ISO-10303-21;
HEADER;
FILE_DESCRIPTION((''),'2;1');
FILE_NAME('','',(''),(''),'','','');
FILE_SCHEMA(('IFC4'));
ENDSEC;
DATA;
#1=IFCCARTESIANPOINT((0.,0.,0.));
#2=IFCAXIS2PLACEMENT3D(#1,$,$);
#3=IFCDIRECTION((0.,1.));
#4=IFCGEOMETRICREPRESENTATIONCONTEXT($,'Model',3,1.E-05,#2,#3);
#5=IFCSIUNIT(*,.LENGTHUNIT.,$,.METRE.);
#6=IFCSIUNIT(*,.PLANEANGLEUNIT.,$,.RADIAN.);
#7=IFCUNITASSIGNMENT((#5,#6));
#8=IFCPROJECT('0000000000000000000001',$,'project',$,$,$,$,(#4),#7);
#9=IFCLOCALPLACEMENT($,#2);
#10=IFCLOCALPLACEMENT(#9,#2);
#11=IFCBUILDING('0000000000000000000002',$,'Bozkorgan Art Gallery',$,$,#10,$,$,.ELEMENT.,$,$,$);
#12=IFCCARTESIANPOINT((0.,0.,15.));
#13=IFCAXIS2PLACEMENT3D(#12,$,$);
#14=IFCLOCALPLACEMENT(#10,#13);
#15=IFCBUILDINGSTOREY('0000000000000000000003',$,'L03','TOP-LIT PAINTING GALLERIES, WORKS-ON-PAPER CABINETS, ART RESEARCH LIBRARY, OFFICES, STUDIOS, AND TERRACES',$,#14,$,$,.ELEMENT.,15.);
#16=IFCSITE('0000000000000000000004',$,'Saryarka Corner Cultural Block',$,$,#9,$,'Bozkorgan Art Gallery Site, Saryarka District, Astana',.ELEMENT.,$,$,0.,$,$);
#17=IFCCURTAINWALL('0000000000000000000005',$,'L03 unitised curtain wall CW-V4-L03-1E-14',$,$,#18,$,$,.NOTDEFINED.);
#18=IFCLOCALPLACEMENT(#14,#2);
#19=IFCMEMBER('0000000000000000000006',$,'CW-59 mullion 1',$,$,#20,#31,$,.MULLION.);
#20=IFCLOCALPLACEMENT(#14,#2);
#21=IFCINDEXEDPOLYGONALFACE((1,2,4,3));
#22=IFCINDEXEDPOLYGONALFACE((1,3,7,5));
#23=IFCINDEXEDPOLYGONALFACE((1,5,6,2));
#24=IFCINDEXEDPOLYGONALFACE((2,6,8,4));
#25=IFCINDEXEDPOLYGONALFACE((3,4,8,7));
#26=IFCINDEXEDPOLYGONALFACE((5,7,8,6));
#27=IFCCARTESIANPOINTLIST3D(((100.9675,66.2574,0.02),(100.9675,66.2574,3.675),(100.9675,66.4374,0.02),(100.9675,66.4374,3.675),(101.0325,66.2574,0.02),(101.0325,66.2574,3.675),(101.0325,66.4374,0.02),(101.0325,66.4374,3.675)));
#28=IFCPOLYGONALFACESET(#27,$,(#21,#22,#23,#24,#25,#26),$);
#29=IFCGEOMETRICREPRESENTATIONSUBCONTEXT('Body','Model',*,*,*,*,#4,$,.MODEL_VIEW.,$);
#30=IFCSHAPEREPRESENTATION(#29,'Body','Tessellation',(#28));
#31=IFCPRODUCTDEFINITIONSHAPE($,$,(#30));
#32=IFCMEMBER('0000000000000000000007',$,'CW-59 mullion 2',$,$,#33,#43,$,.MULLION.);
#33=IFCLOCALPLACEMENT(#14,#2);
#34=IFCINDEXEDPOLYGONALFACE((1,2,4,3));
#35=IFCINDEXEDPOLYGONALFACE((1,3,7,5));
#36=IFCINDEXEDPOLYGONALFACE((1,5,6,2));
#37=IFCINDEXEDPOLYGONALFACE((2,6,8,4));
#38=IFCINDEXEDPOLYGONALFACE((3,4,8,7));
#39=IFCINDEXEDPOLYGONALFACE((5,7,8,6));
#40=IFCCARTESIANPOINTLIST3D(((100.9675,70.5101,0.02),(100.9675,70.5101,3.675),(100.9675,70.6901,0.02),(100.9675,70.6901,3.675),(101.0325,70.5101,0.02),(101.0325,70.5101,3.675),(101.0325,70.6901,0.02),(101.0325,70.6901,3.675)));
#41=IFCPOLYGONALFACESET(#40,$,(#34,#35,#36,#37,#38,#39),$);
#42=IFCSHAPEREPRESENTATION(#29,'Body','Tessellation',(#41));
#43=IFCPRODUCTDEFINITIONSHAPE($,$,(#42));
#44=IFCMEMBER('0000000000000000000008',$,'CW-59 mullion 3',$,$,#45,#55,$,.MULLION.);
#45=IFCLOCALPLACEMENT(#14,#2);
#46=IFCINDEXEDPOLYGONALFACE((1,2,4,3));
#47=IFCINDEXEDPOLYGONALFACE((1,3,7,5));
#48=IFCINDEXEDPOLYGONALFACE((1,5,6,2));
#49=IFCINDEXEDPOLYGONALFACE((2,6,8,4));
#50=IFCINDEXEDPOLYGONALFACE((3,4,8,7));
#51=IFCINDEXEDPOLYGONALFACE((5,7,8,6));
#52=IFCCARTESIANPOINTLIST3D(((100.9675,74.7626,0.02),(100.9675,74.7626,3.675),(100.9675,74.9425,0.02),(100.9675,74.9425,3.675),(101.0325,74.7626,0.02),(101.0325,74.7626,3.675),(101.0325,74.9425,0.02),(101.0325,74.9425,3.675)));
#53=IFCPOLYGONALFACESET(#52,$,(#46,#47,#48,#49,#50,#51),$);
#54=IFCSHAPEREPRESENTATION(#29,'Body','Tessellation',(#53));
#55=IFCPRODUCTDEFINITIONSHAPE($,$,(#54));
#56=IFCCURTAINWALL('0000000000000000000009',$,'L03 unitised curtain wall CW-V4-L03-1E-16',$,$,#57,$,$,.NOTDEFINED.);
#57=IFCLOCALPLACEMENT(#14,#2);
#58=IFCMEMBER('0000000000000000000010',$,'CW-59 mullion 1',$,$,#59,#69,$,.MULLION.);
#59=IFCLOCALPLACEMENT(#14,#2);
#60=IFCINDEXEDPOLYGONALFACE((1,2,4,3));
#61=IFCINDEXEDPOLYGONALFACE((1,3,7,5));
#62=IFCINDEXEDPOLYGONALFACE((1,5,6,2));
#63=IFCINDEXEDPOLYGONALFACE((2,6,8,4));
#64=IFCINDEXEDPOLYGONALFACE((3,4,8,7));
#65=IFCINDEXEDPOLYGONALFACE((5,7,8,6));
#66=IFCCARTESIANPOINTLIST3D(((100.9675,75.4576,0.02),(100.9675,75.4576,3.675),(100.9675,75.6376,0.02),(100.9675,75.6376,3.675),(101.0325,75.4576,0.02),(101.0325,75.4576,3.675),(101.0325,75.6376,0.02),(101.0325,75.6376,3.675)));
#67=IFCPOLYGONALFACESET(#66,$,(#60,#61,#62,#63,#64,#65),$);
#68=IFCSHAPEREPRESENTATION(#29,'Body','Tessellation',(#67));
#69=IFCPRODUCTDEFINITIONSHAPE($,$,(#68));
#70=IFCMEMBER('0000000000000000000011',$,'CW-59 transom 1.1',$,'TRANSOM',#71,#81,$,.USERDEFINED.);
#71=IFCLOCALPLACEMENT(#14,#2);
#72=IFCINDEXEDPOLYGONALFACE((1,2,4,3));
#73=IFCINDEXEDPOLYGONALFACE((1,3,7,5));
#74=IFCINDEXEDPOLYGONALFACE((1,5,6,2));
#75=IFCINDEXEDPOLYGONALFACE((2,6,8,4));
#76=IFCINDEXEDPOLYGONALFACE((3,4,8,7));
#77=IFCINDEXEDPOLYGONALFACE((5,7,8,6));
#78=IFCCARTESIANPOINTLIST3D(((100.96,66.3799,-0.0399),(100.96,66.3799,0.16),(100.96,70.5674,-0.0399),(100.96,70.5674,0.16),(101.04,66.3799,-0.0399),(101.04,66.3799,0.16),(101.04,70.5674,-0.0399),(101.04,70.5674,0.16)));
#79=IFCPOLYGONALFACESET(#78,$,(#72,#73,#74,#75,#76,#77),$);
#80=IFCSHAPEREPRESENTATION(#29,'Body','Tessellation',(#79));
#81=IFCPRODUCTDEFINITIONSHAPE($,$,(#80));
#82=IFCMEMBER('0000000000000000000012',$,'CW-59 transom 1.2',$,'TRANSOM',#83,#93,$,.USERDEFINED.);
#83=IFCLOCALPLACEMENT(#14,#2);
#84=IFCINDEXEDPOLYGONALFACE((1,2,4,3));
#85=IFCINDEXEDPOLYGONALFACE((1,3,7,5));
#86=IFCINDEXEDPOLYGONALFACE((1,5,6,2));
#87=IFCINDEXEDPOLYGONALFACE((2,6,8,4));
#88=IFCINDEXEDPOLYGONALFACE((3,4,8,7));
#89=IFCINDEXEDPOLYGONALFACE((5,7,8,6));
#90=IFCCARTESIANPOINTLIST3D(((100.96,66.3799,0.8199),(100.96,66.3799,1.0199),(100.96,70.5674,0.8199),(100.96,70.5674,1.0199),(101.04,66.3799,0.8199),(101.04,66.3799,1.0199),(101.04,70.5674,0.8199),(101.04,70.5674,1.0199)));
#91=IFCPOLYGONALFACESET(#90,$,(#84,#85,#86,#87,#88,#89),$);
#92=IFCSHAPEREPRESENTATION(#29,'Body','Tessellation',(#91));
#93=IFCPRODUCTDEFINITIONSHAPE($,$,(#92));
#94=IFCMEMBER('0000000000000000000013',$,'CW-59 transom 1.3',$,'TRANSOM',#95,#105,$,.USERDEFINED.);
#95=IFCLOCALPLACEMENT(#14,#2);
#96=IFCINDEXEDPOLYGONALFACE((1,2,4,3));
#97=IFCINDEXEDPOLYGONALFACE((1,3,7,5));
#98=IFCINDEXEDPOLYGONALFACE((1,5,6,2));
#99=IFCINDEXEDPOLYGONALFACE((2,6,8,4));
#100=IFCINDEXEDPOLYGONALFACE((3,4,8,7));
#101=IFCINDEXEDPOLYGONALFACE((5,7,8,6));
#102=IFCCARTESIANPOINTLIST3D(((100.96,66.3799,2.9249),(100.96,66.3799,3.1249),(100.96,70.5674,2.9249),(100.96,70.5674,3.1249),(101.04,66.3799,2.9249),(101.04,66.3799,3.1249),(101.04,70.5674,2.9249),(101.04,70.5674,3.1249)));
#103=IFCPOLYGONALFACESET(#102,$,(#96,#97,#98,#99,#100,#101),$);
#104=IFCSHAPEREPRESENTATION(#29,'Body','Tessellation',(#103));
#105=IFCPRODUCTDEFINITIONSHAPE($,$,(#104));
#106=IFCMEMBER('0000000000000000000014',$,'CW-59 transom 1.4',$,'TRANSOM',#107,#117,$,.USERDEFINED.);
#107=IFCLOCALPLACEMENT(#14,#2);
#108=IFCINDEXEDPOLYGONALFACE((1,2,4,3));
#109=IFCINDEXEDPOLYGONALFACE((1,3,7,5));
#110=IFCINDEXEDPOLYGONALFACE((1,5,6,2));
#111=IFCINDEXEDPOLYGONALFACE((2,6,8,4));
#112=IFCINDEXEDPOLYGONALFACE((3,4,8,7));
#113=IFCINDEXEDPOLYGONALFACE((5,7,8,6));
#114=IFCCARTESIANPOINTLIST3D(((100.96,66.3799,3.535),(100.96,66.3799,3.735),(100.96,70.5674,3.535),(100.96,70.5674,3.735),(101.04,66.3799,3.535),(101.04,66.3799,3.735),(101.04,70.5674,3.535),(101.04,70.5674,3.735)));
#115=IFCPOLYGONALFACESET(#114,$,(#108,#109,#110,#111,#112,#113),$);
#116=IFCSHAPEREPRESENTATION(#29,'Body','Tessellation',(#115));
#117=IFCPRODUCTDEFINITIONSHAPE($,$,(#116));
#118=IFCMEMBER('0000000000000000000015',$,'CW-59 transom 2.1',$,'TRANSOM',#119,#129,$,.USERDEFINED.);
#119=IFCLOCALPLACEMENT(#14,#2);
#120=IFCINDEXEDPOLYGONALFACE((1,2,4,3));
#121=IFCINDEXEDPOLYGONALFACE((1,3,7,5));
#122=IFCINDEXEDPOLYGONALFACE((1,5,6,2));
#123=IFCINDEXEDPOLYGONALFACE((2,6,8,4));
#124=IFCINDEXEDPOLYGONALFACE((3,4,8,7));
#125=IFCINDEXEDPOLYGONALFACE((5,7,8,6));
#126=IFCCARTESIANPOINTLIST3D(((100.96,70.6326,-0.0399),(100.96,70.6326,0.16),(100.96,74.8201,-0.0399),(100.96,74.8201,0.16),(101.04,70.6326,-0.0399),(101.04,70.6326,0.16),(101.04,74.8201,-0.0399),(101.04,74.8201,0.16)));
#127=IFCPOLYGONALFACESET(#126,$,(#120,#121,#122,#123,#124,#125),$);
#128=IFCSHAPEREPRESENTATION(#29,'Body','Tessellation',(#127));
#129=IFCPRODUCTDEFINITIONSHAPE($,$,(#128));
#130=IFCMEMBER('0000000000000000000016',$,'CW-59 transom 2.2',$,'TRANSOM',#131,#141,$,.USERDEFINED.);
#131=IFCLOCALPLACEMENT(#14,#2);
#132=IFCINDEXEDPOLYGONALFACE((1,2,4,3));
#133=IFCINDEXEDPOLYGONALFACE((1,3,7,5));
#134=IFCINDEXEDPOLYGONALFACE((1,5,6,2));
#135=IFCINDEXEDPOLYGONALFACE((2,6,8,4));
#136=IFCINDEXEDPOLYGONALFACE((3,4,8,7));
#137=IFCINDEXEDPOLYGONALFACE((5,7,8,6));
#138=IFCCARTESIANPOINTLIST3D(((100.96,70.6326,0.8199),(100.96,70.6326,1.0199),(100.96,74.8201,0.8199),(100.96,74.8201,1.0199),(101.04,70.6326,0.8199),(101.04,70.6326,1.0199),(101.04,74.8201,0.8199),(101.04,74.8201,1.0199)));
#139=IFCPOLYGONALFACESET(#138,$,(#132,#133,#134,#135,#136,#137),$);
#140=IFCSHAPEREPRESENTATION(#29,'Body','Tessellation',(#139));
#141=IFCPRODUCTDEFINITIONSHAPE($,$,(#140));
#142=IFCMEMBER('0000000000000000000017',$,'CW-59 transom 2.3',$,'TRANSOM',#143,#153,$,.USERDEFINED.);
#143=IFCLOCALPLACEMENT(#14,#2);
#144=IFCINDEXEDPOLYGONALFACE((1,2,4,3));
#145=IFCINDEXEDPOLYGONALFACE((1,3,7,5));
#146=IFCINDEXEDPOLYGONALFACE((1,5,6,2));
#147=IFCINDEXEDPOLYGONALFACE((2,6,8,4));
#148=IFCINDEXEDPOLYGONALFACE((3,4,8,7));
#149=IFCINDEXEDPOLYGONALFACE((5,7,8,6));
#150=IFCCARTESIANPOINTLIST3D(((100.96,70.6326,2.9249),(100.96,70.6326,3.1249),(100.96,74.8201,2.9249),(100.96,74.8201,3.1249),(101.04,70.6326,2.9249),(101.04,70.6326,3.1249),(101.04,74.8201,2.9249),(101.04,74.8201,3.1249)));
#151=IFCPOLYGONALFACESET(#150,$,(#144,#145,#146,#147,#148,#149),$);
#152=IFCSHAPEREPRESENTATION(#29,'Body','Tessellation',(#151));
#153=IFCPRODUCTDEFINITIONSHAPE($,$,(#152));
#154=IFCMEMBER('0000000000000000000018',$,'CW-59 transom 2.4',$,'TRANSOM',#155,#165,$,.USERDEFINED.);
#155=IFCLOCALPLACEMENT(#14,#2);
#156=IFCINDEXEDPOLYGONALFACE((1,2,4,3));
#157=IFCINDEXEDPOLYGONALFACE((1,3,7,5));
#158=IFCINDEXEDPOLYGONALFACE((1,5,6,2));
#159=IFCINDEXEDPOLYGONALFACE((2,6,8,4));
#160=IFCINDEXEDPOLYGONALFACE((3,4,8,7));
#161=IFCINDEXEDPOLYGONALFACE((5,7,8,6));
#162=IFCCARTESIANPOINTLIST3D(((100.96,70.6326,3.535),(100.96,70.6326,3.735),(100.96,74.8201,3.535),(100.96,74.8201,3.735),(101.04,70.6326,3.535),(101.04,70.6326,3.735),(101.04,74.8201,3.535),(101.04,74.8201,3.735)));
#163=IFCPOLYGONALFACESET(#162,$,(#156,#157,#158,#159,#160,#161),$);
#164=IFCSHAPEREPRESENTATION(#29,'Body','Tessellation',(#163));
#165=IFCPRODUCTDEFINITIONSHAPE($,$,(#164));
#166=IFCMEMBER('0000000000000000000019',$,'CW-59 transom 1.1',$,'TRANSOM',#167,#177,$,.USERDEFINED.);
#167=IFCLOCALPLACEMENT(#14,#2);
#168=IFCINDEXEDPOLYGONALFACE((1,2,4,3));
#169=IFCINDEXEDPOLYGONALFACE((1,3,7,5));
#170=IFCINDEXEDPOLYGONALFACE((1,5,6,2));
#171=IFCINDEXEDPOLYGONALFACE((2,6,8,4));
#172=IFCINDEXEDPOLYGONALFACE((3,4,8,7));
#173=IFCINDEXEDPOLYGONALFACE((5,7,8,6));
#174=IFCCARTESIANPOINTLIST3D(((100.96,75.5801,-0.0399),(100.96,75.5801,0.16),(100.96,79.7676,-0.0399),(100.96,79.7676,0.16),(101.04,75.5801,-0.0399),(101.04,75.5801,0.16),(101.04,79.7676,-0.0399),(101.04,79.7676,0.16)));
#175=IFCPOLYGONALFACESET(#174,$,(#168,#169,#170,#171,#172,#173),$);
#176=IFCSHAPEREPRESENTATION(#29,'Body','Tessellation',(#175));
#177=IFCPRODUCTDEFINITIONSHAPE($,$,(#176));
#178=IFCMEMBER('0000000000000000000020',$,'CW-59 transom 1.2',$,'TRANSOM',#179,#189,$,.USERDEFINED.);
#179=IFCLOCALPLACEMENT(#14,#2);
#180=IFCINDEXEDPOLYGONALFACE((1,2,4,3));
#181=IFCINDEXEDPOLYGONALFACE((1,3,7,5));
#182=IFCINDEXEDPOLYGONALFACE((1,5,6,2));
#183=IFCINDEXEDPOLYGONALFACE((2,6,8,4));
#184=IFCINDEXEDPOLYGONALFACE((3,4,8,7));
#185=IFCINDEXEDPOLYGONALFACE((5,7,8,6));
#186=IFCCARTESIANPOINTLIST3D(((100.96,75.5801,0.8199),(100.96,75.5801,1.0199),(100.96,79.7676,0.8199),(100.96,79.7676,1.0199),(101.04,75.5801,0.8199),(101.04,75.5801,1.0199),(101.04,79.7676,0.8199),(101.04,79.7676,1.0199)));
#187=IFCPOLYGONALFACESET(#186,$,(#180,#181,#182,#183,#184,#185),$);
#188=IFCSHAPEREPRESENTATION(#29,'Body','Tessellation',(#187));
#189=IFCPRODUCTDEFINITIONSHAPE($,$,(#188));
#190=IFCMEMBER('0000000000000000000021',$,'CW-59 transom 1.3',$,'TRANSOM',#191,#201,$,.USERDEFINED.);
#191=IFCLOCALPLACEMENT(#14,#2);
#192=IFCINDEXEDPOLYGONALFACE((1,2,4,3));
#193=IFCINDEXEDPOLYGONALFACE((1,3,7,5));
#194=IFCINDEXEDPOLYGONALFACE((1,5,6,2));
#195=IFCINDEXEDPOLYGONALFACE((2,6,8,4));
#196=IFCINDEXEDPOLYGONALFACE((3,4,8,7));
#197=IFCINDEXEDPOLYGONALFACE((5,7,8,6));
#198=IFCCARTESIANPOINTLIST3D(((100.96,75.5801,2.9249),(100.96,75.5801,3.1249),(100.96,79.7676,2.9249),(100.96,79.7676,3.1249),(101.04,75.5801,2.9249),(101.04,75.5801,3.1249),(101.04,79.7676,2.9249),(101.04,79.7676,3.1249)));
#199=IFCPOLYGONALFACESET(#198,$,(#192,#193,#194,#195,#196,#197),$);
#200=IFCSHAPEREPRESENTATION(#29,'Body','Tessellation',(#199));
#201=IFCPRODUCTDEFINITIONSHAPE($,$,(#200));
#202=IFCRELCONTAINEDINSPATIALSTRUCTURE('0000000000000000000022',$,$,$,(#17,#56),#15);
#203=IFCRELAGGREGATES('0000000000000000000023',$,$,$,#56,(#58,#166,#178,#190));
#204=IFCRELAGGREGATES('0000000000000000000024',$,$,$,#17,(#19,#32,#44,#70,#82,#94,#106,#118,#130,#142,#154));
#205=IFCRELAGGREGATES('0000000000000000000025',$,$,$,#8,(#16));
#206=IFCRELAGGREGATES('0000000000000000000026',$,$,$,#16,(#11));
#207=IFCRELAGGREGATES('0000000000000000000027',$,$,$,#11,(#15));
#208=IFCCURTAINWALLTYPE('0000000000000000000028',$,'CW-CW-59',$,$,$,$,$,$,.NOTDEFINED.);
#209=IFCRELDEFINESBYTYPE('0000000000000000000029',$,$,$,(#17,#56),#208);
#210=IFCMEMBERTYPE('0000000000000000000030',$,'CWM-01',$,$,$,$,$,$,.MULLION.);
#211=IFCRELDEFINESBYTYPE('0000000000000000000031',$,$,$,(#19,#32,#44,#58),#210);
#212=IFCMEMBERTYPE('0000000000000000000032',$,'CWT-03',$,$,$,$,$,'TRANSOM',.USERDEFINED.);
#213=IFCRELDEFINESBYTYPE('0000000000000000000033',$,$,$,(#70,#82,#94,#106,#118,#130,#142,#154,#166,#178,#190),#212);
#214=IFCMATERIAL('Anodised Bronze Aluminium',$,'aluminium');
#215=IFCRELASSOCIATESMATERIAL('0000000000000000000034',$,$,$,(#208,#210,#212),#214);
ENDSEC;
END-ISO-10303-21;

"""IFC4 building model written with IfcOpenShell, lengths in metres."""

from ifc_helpers import new_model, si_unit, direction, frame, origin, origin_2d, place, context, subcontext, project, spatial, rectangle, extrude, material, material_profile, profile_set, type_object, element, aggregate, save


model = new_model("IFC4")

# Units and contexts
model_context = context("Model", 3, precision=1e-05, world=origin(), true_north=direction((0.0, 1.0)))
body_context = subcontext(model_context, "Body", "Model", "MODEL_VIEW")
ifc_project = project(units=[si_unit("LENGTHUNIT", "METRE"), si_unit("PLANEANGLEUNIT", "RADIAN")], contexts=[model_context])

# Site, building, storey
site_placement = place(None, origin())
site = spatial("IfcSite", under=ifc_project, at=site_placement, Name="Saryarka Corner Cultural Block", LongName="Bozkorgan Art Gallery Site, Saryarka District, Astana", CompositionType="ELEMENT", RefElevation=0.0)
building_placement = place(site_placement, origin())
building = spatial("IfcBuilding", under=site, at=building_placement, Name="Bozkorgan Art Gallery", CompositionType="ELEMENT")
storey_placement = place(building_placement, frame((0.0, 0.0, 15.0)))
storey = spatial("IfcBuildingStorey", under=building, at=storey_placement, Name="L03", Description="TOP-LIT PAINTING GALLERIES, WORKS-ON-PAPER CABINETS, ART RESEARCH LIBRARY, OFFICES, STUDIOS, AND TERRACES", CompositionType="ELEMENT", Elevation=15.0)

# Curtain wall, members
ifc_material_1 = material(Name="Anodised Bronze Aluminium", Category="aluminium")
curtain_wall_type = type_object("IfcCurtainWallType", Name="CW-CW-59", PredefinedType="NOTDEFINED", material=ifc_material_1)
curtain_wall_1_placement = place(storey_placement, origin())
curtain_wall_1 = element("IfcCurtainWall", 1, at=curtain_wall_1_placement, inside=storey, type_object=curtain_wall_type, Name="L03 unitised curtain wall CW-V4-L03-1E-14", PredefinedType="NOTDEFINED")
ifc_material_profile_1 = material_profile(ifc_material_1, rectangle(XDim=0.0649, YDim=0.1799, at=origin_2d()), Name="ALU MULLION 65x180")
ifc_profile_set_1 = profile_set([ifc_material_profile_1], Name="Anodised Bronze Aluminium")
member_type_1 = type_object("IfcMemberType", Name="CWM-01", PredefinedType="MULLION", material=ifc_profile_set_1)
member_1_placement = place(storey_placement, frame((101.0, 66.3474, 0.02), z_axis=(0.0, 0.0, 1.0), x_axis=(-1.0, 0.0, 0.0)))
member_1 = element("IfcMember", 2, at=member_1_placement, type_object=member_type_1, Name="CW-59 mullion 1", PredefinedType="MULLION", context=body_context, shape_type="SweptSolid", body=[
    extrude(rectangle(XDim=0.0649, YDim=0.1799, at=origin_2d()), origin(), (0.0, 0.0, 1.0), 3.655),
])
member_2_placement = place(storey_placement, frame((101.0, 70.6001, 0.02), z_axis=(0.0, 0.0, 1.0), x_axis=(-1.0, 0.0, 0.0)))
member_2 = element("IfcMember", 3, at=member_2_placement, type_object=member_type_1, Name="CW-59 mullion 2", PredefinedType="MULLION", context=body_context, shape_type="SweptSolid", body=[
    extrude(rectangle(XDim=0.0649, YDim=0.1799, at=origin_2d()), origin(), (0.0, 0.0, 1.0), 3.655),
])
member_3_placement = place(storey_placement, frame((101.0, 74.8525, 0.02), z_axis=(0.0, 0.0, 1.0), x_axis=(-1.0, 0.0, 0.0)))
member_3 = element("IfcMember", 4, at=member_3_placement, type_object=member_type_1, Name="CW-59 mullion 3", PredefinedType="MULLION", context=body_context, shape_type="SweptSolid", body=[
    extrude(rectangle(XDim=0.0649, YDim=0.1799, at=origin_2d()), origin(), (0.0, 0.0, 1.0), 3.655),
])

# Curtain wall, member
curtain_wall_2_placement = place(storey_placement, origin())
curtain_wall_2 = element("IfcCurtainWall", 5, at=curtain_wall_2_placement, inside=storey, type_object=curtain_wall_type, Name="L03 unitised curtain wall CW-V4-L03-1E-16", PredefinedType="NOTDEFINED")
member_4_placement = place(storey_placement, frame((101.0, 75.5476, 0.02), z_axis=(0.0, 0.0, 1.0), x_axis=(-1.0, 0.0, 0.0)))
member_4 = element("IfcMember", 6, at=member_4_placement, type_object=member_type_1, Name="CW-59 mullion 1", PredefinedType="MULLION", context=body_context, shape_type="SweptSolid", body=[
    extrude(rectangle(XDim=0.0649, YDim=0.1799, at=origin_2d()), origin(), (0.0, 0.0, 1.0), 3.655),
])

# Members
ifc_material_profile_2 = material_profile(ifc_material_1, rectangle(XDim=0.0801, YDim=0.2, at=origin_2d()), Name="ALU TRANSOM 80x200")
ifc_profile_set_2 = profile_set([ifc_material_profile_2], Name="Anodised Bronze Aluminium")
member_type_2 = type_object("IfcMemberType", Name="CWT-03", ElementType="TRANSOM", PredefinedType="USERDEFINED", material=ifc_profile_set_2)
member_5_placement = place(storey_placement, frame((101.0, 66.3799, 0.0601), z_axis=(0.0, 1.0, 0.0), x_axis=(-1.0, 0.0, 0.0)))
member_5 = element("IfcMember", 7, at=member_5_placement, type_object=member_type_2, Name="CW-59 transom 1.1", ObjectType="TRANSOM", PredefinedType="USERDEFINED", context=body_context, shape_type="SweptSolid", body=[
    extrude(rectangle(XDim=0.0801, YDim=0.2, at=origin_2d()), origin(), (0.0, 0.0, 1.0), 4.1875),
])
member_6_placement = place(storey_placement, frame((101.0, 66.3799, 0.9199), z_axis=(0.0, 1.0, 0.0), x_axis=(-1.0, 0.0, 0.0)))
member_6 = element("IfcMember", 8, at=member_6_placement, type_object=member_type_2, Name="CW-59 transom 1.2", ObjectType="TRANSOM", PredefinedType="USERDEFINED", context=body_context, shape_type="SweptSolid", body=[
    extrude(rectangle(XDim=0.0801, YDim=0.2, at=origin_2d()), origin(), (0.0, 0.0, 1.0), 4.1875),
])
member_7_placement = place(storey_placement, frame((101.0, 66.3799, 3.0249), z_axis=(0.0, 1.0, 0.0), x_axis=(-1.0, 0.0, 0.0)))
member_7 = element("IfcMember", 9, at=member_7_placement, type_object=member_type_2, Name="CW-59 transom 1.3", ObjectType="TRANSOM", PredefinedType="USERDEFINED", context=body_context, shape_type="SweptSolid", body=[
    extrude(rectangle(XDim=0.0801, YDim=0.2, at=origin_2d()), origin(), (0.0, 0.0, 1.0), 4.1875),
])
member_8_placement = place(storey_placement, frame((101.0, 66.3799, 3.635), z_axis=(0.0, 1.0, 0.0), x_axis=(-1.0, 0.0, 0.0)))
member_8 = element("IfcMember", 10, at=member_8_placement, type_object=member_type_2, Name="CW-59 transom 1.4", ObjectType="TRANSOM", PredefinedType="USERDEFINED", context=body_context, shape_type="SweptSolid", body=[
    extrude(rectangle(XDim=0.0801, YDim=0.2, at=origin_2d()), origin(), (0.0, 0.0, 1.0), 4.1875),
])
member_9_placement = place(storey_placement, frame((101.0, 70.6326, 0.0601), z_axis=(0.0, 1.0, 0.0), x_axis=(-1.0, 0.0, 0.0)))
member_9 = element("IfcMember", 11, at=member_9_placement, type_object=member_type_2, Name="CW-59 transom 2.1", ObjectType="TRANSOM", PredefinedType="USERDEFINED", context=body_context, shape_type="SweptSolid", body=[
    extrude(rectangle(XDim=0.0801, YDim=0.2, at=origin_2d()), origin(), (0.0, 0.0, 1.0), 4.1875),
])
member_10_placement = place(storey_placement, frame((101.0, 70.6326, 0.9199), z_axis=(0.0, 1.0, 0.0), x_axis=(-1.0, 0.0, 0.0)))
member_10 = element("IfcMember", 12, at=member_10_placement, type_object=member_type_2, Name="CW-59 transom 2.2", ObjectType="TRANSOM", PredefinedType="USERDEFINED", context=body_context, shape_type="SweptSolid", body=[
    extrude(rectangle(XDim=0.0801, YDim=0.2, at=origin_2d()), origin(), (0.0, 0.0, 1.0), 4.1875),
])
member_11_placement = place(storey_placement, frame((101.0, 70.6326, 3.0249), z_axis=(0.0, 1.0, 0.0), x_axis=(-1.0, 0.0, 0.0)))
member_11 = element("IfcMember", 13, at=member_11_placement, type_object=member_type_2, Name="CW-59 transom 2.3", ObjectType="TRANSOM", PredefinedType="USERDEFINED", context=body_context, shape_type="SweptSolid", body=[
    extrude(rectangle(XDim=0.0801, YDim=0.2, at=origin_2d()), origin(), (0.0, 0.0, 1.0), 4.1875),
])
member_12_placement = place(storey_placement, frame((101.0, 70.6326, 3.635), z_axis=(0.0, 1.0, 0.0), x_axis=(-1.0, 0.0, 0.0)))
member_12 = element("IfcMember", 14, at=member_12_placement, type_object=member_type_2, Name="CW-59 transom 2.4", ObjectType="TRANSOM", PredefinedType="USERDEFINED", context=body_context, shape_type="SweptSolid", body=[
    extrude(rectangle(XDim=0.0801, YDim=0.2, at=origin_2d()), origin(), (0.0, 0.0, 1.0), 4.1875),
])
member_13_placement = place(storey_placement, frame((101.0, 75.5801, 0.0601), z_axis=(0.0, 1.0, 0.0), x_axis=(-1.0, 0.0, 0.0)))
member_13 = element("IfcMember", 15, at=member_13_placement, type_object=member_type_2, Name="CW-59 transom 1.1", ObjectType="TRANSOM", PredefinedType="USERDEFINED", context=body_context, shape_type="SweptSolid", body=[
    extrude(rectangle(XDim=0.0801, YDim=0.2, at=origin_2d()), origin(), (0.0, 0.0, 1.0), 4.1875),
])
member_14_placement = place(storey_placement, frame((101.0, 75.5801, 0.9199), z_axis=(0.0, 1.0, 0.0), x_axis=(-1.0, 0.0, 0.0)))
member_14 = element("IfcMember", 16, at=member_14_placement, type_object=member_type_2, Name="CW-59 transom 1.2", ObjectType="TRANSOM", PredefinedType="USERDEFINED", context=body_context, shape_type="SweptSolid", body=[
    extrude(rectangle(XDim=0.0801, YDim=0.2, at=origin_2d()), origin(), (0.0, 0.0, 1.0), 4.1875),
])
member_15_placement = place(storey_placement, frame((101.0, 75.5801, 3.0249), z_axis=(0.0, 1.0, 0.0), x_axis=(-1.0, 0.0, 0.0)))
member_15 = element("IfcMember", 17, at=member_15_placement, type_object=member_type_2, Name="CW-59 transom 1.3", ObjectType="TRANSOM", PredefinedType="USERDEFINED", context=body_context, shape_type="SweptSolid", body=[
    extrude(rectangle(XDim=0.0801, YDim=0.2, at=origin_2d()), origin(), (0.0, 0.0, 1.0), 4.1875),
])
aggregate(curtain_wall_2, [member_4, member_13, member_14, member_15])

aggregate(curtain_wall_1, [member_1, member_2, member_3, member_5, member_6, member_7, member_8, member_9, member_10, member_11, member_12])

save(model, "model.ifc")
